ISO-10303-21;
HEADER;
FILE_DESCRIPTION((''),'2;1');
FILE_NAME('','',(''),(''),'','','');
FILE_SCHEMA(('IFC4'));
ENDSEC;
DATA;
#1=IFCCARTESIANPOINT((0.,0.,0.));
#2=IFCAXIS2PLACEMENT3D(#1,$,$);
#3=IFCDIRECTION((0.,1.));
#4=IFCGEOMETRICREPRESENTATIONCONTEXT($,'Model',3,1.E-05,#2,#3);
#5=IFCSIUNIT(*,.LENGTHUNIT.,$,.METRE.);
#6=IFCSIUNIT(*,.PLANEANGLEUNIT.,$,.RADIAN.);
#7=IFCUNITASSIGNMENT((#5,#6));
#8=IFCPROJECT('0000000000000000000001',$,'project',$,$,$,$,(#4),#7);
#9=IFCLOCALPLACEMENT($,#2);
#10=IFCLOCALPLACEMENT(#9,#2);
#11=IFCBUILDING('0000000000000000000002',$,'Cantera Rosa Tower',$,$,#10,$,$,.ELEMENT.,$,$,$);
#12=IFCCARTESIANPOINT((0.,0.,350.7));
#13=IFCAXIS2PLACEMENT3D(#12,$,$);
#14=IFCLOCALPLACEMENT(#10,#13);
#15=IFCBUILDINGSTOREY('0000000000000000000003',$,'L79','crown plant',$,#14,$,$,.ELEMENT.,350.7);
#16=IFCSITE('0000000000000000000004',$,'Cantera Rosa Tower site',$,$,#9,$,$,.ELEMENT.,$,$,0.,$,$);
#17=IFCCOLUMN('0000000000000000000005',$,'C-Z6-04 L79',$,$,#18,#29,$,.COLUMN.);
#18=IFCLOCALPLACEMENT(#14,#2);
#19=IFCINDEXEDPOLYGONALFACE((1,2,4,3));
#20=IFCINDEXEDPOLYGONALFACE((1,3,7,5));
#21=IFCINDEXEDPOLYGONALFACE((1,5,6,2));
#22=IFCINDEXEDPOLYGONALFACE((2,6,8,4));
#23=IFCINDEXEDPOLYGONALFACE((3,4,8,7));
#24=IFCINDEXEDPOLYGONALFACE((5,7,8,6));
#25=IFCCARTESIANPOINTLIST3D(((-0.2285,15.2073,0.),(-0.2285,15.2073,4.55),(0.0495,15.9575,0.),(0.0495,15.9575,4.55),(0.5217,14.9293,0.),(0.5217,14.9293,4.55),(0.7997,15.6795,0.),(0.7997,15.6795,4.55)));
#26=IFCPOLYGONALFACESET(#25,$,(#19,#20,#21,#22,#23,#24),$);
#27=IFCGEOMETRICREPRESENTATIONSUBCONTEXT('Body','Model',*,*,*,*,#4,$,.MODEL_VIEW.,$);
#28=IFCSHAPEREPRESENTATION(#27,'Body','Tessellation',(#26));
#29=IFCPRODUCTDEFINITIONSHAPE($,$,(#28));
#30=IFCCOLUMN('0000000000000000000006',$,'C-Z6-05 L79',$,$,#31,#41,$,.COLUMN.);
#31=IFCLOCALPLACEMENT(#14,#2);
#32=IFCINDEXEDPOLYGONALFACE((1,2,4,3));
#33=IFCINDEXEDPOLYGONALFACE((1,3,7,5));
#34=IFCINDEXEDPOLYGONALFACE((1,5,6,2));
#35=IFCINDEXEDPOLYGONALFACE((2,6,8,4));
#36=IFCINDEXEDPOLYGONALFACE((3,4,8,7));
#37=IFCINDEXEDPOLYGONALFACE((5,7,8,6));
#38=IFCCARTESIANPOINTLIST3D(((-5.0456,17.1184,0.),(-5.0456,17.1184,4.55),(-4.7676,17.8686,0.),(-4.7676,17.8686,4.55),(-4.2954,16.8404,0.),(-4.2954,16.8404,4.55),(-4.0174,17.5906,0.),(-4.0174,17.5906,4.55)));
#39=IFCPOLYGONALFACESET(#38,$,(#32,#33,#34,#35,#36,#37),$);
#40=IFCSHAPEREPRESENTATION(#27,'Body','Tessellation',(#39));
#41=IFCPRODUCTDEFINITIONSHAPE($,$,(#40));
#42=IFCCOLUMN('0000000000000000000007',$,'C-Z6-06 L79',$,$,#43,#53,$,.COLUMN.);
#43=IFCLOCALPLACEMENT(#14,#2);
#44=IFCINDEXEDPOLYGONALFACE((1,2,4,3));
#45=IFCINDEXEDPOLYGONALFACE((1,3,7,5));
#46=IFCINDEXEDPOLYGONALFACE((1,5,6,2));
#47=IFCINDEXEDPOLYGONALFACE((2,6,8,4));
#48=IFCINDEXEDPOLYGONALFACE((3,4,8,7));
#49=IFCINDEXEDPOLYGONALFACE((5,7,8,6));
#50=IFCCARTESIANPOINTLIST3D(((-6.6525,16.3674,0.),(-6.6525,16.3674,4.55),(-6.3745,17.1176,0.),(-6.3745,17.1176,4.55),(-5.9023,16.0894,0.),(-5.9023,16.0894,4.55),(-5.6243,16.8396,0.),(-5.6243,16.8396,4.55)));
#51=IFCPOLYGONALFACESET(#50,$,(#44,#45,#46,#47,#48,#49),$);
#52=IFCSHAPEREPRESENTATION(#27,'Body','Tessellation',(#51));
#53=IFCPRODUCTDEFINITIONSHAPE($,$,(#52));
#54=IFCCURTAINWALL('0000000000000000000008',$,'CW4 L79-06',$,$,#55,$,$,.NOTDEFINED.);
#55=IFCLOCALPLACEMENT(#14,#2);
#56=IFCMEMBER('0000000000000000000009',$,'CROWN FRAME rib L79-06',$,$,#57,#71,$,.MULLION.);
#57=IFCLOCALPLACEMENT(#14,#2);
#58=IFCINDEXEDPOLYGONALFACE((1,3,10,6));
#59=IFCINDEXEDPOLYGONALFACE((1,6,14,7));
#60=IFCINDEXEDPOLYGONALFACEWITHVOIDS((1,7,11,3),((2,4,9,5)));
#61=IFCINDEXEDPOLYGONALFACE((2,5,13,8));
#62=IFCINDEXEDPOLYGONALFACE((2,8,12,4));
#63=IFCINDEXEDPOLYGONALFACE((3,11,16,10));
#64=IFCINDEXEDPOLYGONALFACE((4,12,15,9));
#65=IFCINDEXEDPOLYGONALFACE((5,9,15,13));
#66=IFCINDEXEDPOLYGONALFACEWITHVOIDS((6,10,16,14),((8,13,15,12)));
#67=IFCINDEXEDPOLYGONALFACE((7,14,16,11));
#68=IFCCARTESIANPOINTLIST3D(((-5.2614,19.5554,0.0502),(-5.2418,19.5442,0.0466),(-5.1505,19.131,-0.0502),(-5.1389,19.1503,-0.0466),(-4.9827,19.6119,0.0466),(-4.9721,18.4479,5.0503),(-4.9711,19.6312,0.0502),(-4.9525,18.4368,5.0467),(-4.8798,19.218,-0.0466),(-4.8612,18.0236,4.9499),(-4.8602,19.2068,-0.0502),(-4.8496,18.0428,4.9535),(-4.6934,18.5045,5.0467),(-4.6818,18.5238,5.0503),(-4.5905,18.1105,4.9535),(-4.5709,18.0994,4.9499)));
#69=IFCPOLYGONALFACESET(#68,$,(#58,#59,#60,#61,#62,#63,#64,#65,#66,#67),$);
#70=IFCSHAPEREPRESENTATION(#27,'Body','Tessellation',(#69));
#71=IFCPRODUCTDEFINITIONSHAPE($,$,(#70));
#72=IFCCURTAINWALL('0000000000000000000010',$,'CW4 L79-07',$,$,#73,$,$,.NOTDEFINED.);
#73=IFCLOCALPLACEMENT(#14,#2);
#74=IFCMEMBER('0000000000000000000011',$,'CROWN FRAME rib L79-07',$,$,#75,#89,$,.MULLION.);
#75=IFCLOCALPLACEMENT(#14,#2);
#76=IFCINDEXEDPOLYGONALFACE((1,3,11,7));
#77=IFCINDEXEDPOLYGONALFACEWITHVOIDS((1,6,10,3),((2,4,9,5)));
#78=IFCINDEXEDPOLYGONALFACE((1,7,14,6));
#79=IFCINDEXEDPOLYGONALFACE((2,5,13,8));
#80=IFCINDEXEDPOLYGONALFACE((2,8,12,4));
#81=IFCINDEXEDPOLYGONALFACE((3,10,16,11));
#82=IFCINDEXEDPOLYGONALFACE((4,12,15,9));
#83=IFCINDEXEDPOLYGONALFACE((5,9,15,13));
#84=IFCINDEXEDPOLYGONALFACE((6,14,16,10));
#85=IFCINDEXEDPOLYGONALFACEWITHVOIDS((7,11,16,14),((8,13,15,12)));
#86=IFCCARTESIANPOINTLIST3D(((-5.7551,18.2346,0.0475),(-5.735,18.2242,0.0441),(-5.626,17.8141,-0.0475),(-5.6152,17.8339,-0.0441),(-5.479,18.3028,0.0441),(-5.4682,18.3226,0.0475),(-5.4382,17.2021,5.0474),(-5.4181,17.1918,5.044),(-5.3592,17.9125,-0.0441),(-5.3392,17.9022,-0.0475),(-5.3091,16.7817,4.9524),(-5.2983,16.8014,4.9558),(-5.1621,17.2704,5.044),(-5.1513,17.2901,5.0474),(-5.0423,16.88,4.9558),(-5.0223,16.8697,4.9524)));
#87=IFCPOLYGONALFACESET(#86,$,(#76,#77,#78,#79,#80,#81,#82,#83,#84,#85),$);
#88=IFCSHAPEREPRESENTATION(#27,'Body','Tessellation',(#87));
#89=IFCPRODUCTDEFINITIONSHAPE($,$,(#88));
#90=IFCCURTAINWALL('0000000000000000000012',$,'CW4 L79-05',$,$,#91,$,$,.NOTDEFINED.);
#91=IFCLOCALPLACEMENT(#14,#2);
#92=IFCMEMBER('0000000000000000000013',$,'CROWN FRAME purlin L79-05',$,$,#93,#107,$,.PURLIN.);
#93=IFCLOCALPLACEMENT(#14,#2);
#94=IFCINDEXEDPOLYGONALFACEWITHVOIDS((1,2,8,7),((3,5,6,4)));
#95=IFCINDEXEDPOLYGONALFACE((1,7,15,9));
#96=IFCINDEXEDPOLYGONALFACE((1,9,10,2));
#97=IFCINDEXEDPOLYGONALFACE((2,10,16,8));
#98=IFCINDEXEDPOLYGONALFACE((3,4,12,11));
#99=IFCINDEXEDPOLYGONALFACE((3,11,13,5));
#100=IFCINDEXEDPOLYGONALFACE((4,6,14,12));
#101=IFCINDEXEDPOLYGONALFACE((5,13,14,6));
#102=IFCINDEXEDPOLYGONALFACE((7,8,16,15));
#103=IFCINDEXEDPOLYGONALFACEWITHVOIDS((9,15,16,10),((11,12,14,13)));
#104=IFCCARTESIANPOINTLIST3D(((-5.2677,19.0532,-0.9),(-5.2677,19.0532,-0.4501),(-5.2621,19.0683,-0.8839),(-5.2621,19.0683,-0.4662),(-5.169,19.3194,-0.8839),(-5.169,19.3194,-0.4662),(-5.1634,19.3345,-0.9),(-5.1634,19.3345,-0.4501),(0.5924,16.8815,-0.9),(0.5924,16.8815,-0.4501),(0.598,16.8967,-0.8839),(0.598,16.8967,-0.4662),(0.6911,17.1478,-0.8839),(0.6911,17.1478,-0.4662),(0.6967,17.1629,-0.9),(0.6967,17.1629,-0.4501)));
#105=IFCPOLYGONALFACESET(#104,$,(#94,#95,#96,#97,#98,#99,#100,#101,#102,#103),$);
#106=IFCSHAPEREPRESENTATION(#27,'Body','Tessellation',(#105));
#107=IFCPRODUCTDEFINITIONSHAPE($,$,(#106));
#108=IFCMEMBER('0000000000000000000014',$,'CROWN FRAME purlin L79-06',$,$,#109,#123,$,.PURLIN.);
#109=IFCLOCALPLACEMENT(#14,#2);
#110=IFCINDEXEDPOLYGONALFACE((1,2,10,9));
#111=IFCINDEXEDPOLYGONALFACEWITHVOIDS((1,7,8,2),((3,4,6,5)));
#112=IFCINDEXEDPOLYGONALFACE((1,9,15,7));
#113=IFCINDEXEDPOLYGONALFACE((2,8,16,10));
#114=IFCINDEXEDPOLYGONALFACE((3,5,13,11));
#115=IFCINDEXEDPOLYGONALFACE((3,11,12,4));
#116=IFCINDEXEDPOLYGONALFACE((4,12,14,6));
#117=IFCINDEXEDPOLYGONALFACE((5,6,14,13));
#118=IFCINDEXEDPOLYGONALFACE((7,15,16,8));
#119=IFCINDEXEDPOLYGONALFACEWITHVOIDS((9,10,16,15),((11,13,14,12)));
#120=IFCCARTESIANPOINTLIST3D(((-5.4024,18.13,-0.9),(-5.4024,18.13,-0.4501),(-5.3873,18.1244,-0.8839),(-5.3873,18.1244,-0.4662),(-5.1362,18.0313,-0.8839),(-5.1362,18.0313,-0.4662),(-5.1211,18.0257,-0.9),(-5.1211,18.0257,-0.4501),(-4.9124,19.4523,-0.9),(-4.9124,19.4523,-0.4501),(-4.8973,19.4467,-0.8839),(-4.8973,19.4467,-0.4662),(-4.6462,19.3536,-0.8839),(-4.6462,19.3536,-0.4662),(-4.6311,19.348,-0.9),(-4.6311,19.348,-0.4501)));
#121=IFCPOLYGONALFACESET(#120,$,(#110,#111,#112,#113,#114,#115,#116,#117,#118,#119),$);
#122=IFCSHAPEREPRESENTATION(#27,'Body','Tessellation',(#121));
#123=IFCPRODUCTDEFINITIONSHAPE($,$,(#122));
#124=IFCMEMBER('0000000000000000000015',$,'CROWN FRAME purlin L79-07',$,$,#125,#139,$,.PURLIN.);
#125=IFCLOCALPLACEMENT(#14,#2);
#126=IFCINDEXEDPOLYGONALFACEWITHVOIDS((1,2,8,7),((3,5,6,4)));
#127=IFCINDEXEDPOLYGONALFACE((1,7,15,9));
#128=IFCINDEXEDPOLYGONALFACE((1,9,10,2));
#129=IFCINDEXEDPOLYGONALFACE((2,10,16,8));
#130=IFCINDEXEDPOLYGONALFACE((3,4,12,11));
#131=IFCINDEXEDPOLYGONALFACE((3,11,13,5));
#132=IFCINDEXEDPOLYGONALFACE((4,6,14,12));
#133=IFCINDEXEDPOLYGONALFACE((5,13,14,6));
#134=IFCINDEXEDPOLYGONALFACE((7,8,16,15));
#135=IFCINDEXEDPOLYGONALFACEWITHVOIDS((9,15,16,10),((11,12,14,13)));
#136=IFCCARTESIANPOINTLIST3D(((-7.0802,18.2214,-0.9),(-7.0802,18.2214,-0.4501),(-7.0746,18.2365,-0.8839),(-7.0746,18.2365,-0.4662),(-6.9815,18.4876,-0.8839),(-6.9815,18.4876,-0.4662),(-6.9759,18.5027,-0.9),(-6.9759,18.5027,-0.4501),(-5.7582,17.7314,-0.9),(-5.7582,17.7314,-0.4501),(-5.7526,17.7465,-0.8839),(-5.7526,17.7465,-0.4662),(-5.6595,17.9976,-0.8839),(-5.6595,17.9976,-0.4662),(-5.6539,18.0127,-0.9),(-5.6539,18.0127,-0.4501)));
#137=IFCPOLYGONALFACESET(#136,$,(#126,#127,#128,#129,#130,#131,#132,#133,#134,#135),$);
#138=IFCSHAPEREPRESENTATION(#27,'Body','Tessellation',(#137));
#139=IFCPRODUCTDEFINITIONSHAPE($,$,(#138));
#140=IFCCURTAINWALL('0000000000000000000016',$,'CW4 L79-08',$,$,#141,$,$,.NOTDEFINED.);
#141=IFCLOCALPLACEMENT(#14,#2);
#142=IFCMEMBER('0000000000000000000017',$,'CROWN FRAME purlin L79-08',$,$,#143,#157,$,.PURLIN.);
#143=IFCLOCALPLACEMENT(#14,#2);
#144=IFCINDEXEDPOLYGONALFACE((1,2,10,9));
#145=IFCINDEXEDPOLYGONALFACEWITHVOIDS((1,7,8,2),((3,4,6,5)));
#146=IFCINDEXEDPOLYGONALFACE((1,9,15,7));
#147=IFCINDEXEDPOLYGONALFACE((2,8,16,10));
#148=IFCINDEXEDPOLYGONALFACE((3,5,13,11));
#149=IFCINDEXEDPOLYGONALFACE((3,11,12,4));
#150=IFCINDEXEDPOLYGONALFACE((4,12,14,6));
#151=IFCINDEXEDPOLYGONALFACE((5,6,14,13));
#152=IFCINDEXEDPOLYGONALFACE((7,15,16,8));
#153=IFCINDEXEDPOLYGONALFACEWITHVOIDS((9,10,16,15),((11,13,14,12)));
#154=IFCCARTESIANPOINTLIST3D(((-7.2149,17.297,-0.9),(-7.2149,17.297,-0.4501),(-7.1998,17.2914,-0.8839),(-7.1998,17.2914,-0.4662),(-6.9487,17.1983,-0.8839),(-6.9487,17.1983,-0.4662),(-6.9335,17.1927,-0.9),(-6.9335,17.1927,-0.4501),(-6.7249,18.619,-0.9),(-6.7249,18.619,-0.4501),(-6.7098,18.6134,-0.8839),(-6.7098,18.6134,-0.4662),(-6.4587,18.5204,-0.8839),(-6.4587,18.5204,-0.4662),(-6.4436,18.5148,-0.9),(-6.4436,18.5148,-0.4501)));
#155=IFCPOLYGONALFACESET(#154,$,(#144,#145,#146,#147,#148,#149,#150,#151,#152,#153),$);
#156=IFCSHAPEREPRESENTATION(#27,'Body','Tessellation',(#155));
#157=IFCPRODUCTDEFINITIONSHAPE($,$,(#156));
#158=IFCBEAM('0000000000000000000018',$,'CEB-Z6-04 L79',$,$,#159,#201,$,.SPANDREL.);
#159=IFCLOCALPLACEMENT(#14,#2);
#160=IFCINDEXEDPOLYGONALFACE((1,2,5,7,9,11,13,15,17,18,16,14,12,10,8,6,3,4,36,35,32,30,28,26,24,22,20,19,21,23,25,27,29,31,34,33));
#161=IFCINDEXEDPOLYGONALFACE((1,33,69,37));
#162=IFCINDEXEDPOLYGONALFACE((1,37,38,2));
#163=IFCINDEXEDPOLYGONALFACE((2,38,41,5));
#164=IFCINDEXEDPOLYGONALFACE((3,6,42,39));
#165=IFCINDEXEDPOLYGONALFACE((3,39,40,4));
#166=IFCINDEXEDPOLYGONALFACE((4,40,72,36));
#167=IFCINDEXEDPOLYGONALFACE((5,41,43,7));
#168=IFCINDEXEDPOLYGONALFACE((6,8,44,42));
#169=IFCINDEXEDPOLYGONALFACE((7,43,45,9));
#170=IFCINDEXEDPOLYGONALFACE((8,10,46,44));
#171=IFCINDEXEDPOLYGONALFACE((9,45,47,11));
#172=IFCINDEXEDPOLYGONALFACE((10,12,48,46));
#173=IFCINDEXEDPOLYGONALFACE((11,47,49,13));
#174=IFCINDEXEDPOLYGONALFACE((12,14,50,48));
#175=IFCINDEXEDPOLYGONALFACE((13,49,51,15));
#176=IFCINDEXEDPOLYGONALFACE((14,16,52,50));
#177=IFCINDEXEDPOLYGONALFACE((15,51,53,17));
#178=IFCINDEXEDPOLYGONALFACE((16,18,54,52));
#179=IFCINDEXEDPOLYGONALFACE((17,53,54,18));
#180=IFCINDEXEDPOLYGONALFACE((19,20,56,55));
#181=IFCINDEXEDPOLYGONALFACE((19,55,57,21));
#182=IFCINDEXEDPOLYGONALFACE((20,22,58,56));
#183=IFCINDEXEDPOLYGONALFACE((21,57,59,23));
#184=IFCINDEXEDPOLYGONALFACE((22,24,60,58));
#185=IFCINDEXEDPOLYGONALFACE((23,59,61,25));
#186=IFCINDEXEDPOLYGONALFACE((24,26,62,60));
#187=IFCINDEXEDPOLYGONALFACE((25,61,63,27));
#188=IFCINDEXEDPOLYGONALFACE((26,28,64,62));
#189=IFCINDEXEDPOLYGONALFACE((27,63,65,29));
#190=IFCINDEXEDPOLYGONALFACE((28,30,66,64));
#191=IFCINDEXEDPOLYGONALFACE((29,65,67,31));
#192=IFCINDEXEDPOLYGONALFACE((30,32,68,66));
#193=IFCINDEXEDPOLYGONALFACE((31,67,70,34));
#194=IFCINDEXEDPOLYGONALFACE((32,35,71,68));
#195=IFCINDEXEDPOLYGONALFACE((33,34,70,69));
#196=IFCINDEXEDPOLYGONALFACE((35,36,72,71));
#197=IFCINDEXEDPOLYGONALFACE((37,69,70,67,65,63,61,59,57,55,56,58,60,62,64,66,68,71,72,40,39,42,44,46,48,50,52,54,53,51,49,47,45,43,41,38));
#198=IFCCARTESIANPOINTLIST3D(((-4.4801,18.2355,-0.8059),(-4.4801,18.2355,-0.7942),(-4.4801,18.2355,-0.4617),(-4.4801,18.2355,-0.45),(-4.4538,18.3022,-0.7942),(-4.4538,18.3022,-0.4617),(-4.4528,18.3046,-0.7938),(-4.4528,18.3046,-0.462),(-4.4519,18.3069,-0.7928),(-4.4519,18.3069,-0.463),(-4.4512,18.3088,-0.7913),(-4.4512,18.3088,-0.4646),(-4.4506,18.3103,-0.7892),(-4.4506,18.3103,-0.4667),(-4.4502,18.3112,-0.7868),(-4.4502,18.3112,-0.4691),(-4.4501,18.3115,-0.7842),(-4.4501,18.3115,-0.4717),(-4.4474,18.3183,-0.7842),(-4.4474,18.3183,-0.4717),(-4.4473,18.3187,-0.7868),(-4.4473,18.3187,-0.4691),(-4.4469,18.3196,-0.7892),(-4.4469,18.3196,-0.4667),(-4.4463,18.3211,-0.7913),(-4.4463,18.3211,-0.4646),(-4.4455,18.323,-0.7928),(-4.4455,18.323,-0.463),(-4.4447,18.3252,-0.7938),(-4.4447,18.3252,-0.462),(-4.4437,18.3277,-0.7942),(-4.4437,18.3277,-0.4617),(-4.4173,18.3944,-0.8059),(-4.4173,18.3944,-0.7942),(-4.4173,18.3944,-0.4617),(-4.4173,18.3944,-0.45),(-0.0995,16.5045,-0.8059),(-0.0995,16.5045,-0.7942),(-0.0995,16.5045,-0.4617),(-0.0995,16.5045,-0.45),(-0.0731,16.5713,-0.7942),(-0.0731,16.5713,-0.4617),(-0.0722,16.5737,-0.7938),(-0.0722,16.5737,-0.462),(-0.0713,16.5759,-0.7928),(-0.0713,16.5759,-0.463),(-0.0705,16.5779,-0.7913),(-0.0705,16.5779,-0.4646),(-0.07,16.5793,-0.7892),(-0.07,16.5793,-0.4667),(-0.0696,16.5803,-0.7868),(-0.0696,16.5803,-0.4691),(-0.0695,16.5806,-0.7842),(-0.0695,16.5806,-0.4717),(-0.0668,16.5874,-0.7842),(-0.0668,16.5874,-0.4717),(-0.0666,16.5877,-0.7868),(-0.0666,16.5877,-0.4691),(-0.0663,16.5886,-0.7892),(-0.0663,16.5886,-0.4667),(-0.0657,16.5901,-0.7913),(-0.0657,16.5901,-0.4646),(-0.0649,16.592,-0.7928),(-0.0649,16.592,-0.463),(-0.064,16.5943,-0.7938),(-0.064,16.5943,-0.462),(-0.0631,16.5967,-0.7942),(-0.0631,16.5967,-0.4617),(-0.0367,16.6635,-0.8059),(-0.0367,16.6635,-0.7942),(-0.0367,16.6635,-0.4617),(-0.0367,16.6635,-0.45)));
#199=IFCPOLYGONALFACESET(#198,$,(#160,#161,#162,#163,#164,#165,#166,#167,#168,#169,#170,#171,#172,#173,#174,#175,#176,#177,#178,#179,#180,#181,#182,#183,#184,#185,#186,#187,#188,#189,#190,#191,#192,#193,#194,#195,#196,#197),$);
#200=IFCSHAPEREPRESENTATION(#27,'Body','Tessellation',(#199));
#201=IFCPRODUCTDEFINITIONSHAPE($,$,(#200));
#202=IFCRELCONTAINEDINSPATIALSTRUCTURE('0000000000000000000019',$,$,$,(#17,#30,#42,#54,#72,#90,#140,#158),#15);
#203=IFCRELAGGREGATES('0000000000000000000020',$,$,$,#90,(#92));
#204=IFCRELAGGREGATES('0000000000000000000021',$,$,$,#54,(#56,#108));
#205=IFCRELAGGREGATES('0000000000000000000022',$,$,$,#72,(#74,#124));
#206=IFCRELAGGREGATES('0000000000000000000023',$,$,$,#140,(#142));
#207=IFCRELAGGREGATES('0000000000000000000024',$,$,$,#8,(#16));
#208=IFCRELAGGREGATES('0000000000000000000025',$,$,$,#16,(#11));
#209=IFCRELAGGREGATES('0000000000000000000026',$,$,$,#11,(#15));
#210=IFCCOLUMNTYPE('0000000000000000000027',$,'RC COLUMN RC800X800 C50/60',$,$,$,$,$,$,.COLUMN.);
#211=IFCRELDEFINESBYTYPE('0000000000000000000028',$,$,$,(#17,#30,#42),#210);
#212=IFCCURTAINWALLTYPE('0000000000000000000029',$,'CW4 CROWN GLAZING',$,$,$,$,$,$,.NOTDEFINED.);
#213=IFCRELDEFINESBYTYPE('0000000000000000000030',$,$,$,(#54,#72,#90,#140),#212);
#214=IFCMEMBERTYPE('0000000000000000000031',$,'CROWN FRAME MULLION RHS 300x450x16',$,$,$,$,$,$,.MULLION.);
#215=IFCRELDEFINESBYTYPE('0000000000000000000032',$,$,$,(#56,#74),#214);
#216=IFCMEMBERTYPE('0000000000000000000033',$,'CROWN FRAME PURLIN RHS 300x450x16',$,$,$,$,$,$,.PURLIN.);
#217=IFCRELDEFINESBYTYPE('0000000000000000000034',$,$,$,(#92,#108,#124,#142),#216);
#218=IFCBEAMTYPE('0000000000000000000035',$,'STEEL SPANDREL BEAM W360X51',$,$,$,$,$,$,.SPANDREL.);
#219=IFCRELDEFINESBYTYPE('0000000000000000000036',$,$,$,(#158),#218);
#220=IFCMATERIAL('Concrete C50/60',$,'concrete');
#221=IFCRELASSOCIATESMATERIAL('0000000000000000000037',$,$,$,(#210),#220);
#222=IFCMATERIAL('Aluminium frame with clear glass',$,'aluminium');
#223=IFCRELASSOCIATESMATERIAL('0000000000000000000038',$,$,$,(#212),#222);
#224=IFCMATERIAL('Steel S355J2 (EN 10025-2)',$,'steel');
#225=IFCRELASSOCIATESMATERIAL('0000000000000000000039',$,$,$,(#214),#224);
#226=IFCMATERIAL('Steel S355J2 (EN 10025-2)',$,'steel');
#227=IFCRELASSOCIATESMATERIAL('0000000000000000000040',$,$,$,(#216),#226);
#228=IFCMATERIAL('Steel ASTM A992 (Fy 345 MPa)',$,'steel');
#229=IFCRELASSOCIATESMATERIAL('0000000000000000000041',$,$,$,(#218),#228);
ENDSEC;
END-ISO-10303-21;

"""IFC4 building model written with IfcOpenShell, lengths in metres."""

from ifc_helpers import new_model, si_unit, direction, frame, origin, origin_2d, place, context, subcontext, project, spatial, rectangle, hollow_rectangle, i_section, extrude, material, material_profile, profile_set, type_object, element, aggregate, save


model = new_model("IFC4")

# Units and contexts
model_context = context("Model", 3, precision=1e-05, world=origin(), true_north=direction((0.0, 1.0)))
body_context = subcontext(model_context, "Body", "Model", "MODEL_VIEW")
ifc_project = project(units=[si_unit("LENGTHUNIT", "METRE"), si_unit("PLANEANGLEUNIT", "RADIAN")], contexts=[model_context])

# Site, building, storey
site_placement = place(None, origin())
site = spatial("IfcSite", under=ifc_project, at=site_placement, Name="Cantera Rosa Tower site", CompositionType="ELEMENT", RefElevation=0.0)
building_placement = place(site_placement, origin())
building = spatial("IfcBuilding", under=site, at=building_placement, Name="Cantera Rosa Tower", CompositionType="ELEMENT")
storey_placement = place(building_placement, frame((0.0, 0.0, 350.7)))
storey = spatial("IfcBuildingStorey", under=building, at=storey_placement, Name="L79", Description="crown plant", CompositionType="ELEMENT", Elevation=350.7)

# Columns
ifc_material_1 = material(Name="Concrete C50/60", Category="concrete")
ifc_material_profile_1 = material_profile(ifc_material_1, rectangle(XDim=0.8, YDim=0.8, at=origin_2d()), Name="RC COLUMN RC800X800 C50/60")
ifc_profile_set_1 = profile_set([ifc_material_profile_1], Name="Concrete C50/60")
column_type = type_object("IfcColumnType", Name="RC COLUMN RC800X800 C50/60", PredefinedType="COLUMN", material=ifc_profile_set_1)
for number, where, z_axis, x_axis, name in (
    (1, (0.2856, 15.4434, 0.0), (0.0, 0.0, 1.0), (0.347481, 0.937687, 0.0), "C-Z6-04 L79"),
    (2, (-4.5315, 17.3545, 0.0), (0.0, 0.0, 1.0), (0.347481, 0.937687, 0.0), "C-Z6-05 L79"),
    (3, (-6.1384, 16.6035, 0.0), (0.0, 0.0, 1.0), (0.347481, 0.937687, 0.0), "C-Z6-06 L79"),
):
    element("IfcColumn", number, at=place(storey_placement, frame(where, z_axis=z_axis, x_axis=x_axis)), inside=storey, type_object=column_type, Name=name, PredefinedType="COLUMN", context=body_context, shape_type="SweptSolid", body=[
        extrude(rectangle(XDim=0.8, YDim=0.8, at=origin_2d()), origin(), (0.0, 0.0, 1.0), 4.55),
    ])

# Curtain walls, members
ifc_material_2 = material(Name="Aluminium frame with clear glass", Category="aluminium")
curtain_wall_type = type_object("IfcCurtainWallType", Name="CW4 CROWN GLAZING", PredefinedType="NOTDEFINED", material=ifc_material_2)
curtain_wall_1_placement = place(storey_placement, origin())
curtain_wall_1 = element("IfcCurtainWall", 4, at=curtain_wall_1_placement, inside=storey, type_object=curtain_wall_type, Name="CW4 L79-06", PredefinedType="NOTDEFINED")
ifc_material_3 = material(Name="Steel S355J2 (EN 10025-2)", Category="steel")
ifc_material_profile_2 = material_profile(ifc_material_3, hollow_rectangle(XDim=0.3, YDim=0.45, WallThickness=0.0161, at=origin_2d()), Name="CROWN FRAME MULLION RHS 300x450x16")
ifc_profile_set_2 = profile_set([ifc_material_profile_2], Name="Steel S355J2 (EN 10025-2)")
member_type_1 = type_object("IfcMemberType", Name="CROWN FRAME MULLION RHS 300x450x16", PredefinedType="MULLION", material=ifc_profile_set_2)
member_1_placement = place(storey_placement, frame((-5.0608, 19.3811, 0.0), z_axis=(0.056402, -0.2159, 0.974785), x_axis=(0.967529, 0.252761, 0.0)))
member_1 = element("IfcMember", 5, at=member_1_placement, type_object=member_type_1, Name="CROWN FRAME rib L79-06", PredefinedType="MULLION", context=body_context, shape_type="SweptSolid", body=[
    extrude(hollow_rectangle(XDim=0.3, YDim=0.45, WallThickness=0.0161, at=origin_2d()), origin(), (0.0, 0.0, 1.0), 5.1294),
])
curtain_wall_2_placement = place(storey_placement, origin())
curtain_wall_2 = element("IfcCurtainWall", 6, at=curtain_wall_2_placement, inside=storey, type_object=curtain_wall_type, Name="CW4 L79-07", PredefinedType="NOTDEFINED")
member_2_placement = place(storey_placement, frame((-5.5471, 18.0684, 0.0), z_axis=(0.06195, -0.201839, 0.977457), x_axis=(0.955984, 0.293419, 0.0)))
member_2 = element("IfcMember", 7, at=member_2_placement, type_object=member_type_1, Name="CROWN FRAME rib L79-07", PredefinedType="MULLION", context=body_context, shape_type="SweptSolid", body=[
    extrude(hollow_rectangle(XDim=0.3, YDim=0.45, WallThickness=0.0161, at=origin_2d()), origin(), (0.0, 0.0, 1.0), 5.1152),
])
curtain_wall_3_placement = place(storey_placement, origin())
curtain_wall_3 = element("IfcCurtainWall", 8, at=curtain_wall_3_placement, inside=storey, type_object=curtain_wall_type, Name="CW4 L79-05", PredefinedType="NOTDEFINED")
ifc_material_4 = material(Name="Steel S355J2 (EN 10025-2)", Category="steel")
ifc_material_profile_3 = material_profile(ifc_material_4, hollow_rectangle(XDim=0.3, YDim=0.45, WallThickness=0.0161, at=origin_2d()), Name="CROWN FRAME PURLIN RHS 300x450x16")
ifc_profile_set_3 = profile_set([ifc_material_profile_3], Name="Steel S355J2 (EN 10025-2)")
member_type_2 = type_object("IfcMemberType", Name="CROWN FRAME PURLIN RHS 300x450x16", PredefinedType="PURLIN", material=ifc_profile_set_3)
member_3_placement = place(storey_placement, frame((0.6445, 17.0222, -0.675), z_axis=(-0.937685, 0.347486, 0.0), x_axis=(-0.347486, -0.937685, 0.0)))
member_3 = element("IfcMember", 9, at=member_3_placement, type_object=member_type_2, Name="CROWN FRAME purlin L79-05", PredefinedType="PURLIN", context=body_context, shape_type="SweptSolid", body=[
    extrude(hollow_rectangle(XDim=0.3, YDim=0.45, WallThickness=0.0161, at=origin_2d()), origin(), (0.0, 0.0, 1.0), 6.2495),
])

# Members
member_4_placement = place(storey_placement, frame((-4.7717, 19.4001, -0.675), z_axis=(-0.347478, -0.937688, 0.0), x_axis=(0.937688, -0.347478, 0.0)))
member_4 = element("IfcMember", 10, at=member_4_placement, type_object=member_type_2, Name="CROWN FRAME purlin L79-06", PredefinedType="PURLIN", context=body_context, shape_type="SweptSolid", body=[
    extrude(hollow_rectangle(XDim=0.3, YDim=0.45, WallThickness=0.0161, at=origin_2d()), origin(), (0.0, 0.0, 1.0), 1.4102),
])
member_5_placement = place(storey_placement, frame((-5.7061, 17.8721, -0.675), z_axis=(-0.937667, 0.347534, 0.0), x_axis=(-0.347534, -0.937667, 0.0)))
member_5 = element("IfcMember", 11, at=member_5_placement, type_object=member_type_2, Name="CROWN FRAME purlin L79-07", PredefinedType="PURLIN", context=body_context, shape_type="SweptSolid", body=[
    extrude(hollow_rectangle(XDim=0.3, YDim=0.45, WallThickness=0.0161, at=origin_2d()), origin(), (0.0, 0.0, 1.0), 1.4099),
])

# Curtain wall, member
curtain_wall_4_placement = place(storey_placement, origin())
curtain_wall_4 = element("IfcCurtainWall", 12, at=curtain_wall_4_placement, inside=storey, type_object=curtain_wall_type, Name="CW4 L79-08", PredefinedType="NOTDEFINED")
member_6_placement = place(storey_placement, frame((-6.5842, 18.5669, -0.675), z_axis=(-0.347534, -0.937667, 0.0), x_axis=(0.937667, -0.347534, 0.0)))
member_6 = element("IfcMember", 13, at=member_6_placement, type_object=member_type_2, Name="CROWN FRAME purlin L79-08", PredefinedType="PURLIN", context=body_context, shape_type="SweptSolid", body=[
    extrude(hollow_rectangle(XDim=0.3, YDim=0.45, WallThickness=0.0161, at=origin_2d()), origin(), (0.0, 0.0, 1.0), 1.4099),
])

# Beam
ifc_material_5 = material(Name="Steel ASTM A992 (Fy 345 MPa)", Category="steel")
ifc_material_profile_4 = material_profile(ifc_material_5, i_section(OverallWidth=0.1709, OverallDepth=0.356, WebThickness=0.0073, FlangeThickness=0.0117, FilletRadius=0.01, at=origin_2d()), Name="W360X51")
ifc_profile_set_4 = profile_set([ifc_material_profile_4], Name="Steel ASTM A992 (Fy 345 MPa)")
beam_type = type_object("IfcBeamType", Name="STEEL SPANDREL BEAM W360X51", PredefinedType="SPANDREL", material=ifc_profile_set_4)
beam_1_placement = place(storey_placement, frame((-0.0681, 16.584, -0.6279), z_axis=(-0.930027, 0.367491, 0.0), x_axis=(-0.367491, -0.930027, 0.0)))
element("IfcBeam", 14, at=beam_1_placement, inside=storey, type_object=beam_type, Name="CEB-Z6-04 L79", PredefinedType="SPANDREL", context=body_context, shape_type="SweptSolid", body=[
    extrude(i_section(OverallWidth=0.1709, OverallDepth=0.356, WebThickness=0.0073, FlangeThickness=0.0117, FilletRadius=0.01, at=origin_2d()), origin(), (0.0, 0.0, 1.0), 4.7102),
])

aggregate(curtain_wall_3, [member_3])
aggregate(curtain_wall_1, [member_1, member_4])
aggregate(curtain_wall_2, [member_2, member_5])
aggregate(curtain_wall_4, [member_6])

save(model, "model.ifc")
